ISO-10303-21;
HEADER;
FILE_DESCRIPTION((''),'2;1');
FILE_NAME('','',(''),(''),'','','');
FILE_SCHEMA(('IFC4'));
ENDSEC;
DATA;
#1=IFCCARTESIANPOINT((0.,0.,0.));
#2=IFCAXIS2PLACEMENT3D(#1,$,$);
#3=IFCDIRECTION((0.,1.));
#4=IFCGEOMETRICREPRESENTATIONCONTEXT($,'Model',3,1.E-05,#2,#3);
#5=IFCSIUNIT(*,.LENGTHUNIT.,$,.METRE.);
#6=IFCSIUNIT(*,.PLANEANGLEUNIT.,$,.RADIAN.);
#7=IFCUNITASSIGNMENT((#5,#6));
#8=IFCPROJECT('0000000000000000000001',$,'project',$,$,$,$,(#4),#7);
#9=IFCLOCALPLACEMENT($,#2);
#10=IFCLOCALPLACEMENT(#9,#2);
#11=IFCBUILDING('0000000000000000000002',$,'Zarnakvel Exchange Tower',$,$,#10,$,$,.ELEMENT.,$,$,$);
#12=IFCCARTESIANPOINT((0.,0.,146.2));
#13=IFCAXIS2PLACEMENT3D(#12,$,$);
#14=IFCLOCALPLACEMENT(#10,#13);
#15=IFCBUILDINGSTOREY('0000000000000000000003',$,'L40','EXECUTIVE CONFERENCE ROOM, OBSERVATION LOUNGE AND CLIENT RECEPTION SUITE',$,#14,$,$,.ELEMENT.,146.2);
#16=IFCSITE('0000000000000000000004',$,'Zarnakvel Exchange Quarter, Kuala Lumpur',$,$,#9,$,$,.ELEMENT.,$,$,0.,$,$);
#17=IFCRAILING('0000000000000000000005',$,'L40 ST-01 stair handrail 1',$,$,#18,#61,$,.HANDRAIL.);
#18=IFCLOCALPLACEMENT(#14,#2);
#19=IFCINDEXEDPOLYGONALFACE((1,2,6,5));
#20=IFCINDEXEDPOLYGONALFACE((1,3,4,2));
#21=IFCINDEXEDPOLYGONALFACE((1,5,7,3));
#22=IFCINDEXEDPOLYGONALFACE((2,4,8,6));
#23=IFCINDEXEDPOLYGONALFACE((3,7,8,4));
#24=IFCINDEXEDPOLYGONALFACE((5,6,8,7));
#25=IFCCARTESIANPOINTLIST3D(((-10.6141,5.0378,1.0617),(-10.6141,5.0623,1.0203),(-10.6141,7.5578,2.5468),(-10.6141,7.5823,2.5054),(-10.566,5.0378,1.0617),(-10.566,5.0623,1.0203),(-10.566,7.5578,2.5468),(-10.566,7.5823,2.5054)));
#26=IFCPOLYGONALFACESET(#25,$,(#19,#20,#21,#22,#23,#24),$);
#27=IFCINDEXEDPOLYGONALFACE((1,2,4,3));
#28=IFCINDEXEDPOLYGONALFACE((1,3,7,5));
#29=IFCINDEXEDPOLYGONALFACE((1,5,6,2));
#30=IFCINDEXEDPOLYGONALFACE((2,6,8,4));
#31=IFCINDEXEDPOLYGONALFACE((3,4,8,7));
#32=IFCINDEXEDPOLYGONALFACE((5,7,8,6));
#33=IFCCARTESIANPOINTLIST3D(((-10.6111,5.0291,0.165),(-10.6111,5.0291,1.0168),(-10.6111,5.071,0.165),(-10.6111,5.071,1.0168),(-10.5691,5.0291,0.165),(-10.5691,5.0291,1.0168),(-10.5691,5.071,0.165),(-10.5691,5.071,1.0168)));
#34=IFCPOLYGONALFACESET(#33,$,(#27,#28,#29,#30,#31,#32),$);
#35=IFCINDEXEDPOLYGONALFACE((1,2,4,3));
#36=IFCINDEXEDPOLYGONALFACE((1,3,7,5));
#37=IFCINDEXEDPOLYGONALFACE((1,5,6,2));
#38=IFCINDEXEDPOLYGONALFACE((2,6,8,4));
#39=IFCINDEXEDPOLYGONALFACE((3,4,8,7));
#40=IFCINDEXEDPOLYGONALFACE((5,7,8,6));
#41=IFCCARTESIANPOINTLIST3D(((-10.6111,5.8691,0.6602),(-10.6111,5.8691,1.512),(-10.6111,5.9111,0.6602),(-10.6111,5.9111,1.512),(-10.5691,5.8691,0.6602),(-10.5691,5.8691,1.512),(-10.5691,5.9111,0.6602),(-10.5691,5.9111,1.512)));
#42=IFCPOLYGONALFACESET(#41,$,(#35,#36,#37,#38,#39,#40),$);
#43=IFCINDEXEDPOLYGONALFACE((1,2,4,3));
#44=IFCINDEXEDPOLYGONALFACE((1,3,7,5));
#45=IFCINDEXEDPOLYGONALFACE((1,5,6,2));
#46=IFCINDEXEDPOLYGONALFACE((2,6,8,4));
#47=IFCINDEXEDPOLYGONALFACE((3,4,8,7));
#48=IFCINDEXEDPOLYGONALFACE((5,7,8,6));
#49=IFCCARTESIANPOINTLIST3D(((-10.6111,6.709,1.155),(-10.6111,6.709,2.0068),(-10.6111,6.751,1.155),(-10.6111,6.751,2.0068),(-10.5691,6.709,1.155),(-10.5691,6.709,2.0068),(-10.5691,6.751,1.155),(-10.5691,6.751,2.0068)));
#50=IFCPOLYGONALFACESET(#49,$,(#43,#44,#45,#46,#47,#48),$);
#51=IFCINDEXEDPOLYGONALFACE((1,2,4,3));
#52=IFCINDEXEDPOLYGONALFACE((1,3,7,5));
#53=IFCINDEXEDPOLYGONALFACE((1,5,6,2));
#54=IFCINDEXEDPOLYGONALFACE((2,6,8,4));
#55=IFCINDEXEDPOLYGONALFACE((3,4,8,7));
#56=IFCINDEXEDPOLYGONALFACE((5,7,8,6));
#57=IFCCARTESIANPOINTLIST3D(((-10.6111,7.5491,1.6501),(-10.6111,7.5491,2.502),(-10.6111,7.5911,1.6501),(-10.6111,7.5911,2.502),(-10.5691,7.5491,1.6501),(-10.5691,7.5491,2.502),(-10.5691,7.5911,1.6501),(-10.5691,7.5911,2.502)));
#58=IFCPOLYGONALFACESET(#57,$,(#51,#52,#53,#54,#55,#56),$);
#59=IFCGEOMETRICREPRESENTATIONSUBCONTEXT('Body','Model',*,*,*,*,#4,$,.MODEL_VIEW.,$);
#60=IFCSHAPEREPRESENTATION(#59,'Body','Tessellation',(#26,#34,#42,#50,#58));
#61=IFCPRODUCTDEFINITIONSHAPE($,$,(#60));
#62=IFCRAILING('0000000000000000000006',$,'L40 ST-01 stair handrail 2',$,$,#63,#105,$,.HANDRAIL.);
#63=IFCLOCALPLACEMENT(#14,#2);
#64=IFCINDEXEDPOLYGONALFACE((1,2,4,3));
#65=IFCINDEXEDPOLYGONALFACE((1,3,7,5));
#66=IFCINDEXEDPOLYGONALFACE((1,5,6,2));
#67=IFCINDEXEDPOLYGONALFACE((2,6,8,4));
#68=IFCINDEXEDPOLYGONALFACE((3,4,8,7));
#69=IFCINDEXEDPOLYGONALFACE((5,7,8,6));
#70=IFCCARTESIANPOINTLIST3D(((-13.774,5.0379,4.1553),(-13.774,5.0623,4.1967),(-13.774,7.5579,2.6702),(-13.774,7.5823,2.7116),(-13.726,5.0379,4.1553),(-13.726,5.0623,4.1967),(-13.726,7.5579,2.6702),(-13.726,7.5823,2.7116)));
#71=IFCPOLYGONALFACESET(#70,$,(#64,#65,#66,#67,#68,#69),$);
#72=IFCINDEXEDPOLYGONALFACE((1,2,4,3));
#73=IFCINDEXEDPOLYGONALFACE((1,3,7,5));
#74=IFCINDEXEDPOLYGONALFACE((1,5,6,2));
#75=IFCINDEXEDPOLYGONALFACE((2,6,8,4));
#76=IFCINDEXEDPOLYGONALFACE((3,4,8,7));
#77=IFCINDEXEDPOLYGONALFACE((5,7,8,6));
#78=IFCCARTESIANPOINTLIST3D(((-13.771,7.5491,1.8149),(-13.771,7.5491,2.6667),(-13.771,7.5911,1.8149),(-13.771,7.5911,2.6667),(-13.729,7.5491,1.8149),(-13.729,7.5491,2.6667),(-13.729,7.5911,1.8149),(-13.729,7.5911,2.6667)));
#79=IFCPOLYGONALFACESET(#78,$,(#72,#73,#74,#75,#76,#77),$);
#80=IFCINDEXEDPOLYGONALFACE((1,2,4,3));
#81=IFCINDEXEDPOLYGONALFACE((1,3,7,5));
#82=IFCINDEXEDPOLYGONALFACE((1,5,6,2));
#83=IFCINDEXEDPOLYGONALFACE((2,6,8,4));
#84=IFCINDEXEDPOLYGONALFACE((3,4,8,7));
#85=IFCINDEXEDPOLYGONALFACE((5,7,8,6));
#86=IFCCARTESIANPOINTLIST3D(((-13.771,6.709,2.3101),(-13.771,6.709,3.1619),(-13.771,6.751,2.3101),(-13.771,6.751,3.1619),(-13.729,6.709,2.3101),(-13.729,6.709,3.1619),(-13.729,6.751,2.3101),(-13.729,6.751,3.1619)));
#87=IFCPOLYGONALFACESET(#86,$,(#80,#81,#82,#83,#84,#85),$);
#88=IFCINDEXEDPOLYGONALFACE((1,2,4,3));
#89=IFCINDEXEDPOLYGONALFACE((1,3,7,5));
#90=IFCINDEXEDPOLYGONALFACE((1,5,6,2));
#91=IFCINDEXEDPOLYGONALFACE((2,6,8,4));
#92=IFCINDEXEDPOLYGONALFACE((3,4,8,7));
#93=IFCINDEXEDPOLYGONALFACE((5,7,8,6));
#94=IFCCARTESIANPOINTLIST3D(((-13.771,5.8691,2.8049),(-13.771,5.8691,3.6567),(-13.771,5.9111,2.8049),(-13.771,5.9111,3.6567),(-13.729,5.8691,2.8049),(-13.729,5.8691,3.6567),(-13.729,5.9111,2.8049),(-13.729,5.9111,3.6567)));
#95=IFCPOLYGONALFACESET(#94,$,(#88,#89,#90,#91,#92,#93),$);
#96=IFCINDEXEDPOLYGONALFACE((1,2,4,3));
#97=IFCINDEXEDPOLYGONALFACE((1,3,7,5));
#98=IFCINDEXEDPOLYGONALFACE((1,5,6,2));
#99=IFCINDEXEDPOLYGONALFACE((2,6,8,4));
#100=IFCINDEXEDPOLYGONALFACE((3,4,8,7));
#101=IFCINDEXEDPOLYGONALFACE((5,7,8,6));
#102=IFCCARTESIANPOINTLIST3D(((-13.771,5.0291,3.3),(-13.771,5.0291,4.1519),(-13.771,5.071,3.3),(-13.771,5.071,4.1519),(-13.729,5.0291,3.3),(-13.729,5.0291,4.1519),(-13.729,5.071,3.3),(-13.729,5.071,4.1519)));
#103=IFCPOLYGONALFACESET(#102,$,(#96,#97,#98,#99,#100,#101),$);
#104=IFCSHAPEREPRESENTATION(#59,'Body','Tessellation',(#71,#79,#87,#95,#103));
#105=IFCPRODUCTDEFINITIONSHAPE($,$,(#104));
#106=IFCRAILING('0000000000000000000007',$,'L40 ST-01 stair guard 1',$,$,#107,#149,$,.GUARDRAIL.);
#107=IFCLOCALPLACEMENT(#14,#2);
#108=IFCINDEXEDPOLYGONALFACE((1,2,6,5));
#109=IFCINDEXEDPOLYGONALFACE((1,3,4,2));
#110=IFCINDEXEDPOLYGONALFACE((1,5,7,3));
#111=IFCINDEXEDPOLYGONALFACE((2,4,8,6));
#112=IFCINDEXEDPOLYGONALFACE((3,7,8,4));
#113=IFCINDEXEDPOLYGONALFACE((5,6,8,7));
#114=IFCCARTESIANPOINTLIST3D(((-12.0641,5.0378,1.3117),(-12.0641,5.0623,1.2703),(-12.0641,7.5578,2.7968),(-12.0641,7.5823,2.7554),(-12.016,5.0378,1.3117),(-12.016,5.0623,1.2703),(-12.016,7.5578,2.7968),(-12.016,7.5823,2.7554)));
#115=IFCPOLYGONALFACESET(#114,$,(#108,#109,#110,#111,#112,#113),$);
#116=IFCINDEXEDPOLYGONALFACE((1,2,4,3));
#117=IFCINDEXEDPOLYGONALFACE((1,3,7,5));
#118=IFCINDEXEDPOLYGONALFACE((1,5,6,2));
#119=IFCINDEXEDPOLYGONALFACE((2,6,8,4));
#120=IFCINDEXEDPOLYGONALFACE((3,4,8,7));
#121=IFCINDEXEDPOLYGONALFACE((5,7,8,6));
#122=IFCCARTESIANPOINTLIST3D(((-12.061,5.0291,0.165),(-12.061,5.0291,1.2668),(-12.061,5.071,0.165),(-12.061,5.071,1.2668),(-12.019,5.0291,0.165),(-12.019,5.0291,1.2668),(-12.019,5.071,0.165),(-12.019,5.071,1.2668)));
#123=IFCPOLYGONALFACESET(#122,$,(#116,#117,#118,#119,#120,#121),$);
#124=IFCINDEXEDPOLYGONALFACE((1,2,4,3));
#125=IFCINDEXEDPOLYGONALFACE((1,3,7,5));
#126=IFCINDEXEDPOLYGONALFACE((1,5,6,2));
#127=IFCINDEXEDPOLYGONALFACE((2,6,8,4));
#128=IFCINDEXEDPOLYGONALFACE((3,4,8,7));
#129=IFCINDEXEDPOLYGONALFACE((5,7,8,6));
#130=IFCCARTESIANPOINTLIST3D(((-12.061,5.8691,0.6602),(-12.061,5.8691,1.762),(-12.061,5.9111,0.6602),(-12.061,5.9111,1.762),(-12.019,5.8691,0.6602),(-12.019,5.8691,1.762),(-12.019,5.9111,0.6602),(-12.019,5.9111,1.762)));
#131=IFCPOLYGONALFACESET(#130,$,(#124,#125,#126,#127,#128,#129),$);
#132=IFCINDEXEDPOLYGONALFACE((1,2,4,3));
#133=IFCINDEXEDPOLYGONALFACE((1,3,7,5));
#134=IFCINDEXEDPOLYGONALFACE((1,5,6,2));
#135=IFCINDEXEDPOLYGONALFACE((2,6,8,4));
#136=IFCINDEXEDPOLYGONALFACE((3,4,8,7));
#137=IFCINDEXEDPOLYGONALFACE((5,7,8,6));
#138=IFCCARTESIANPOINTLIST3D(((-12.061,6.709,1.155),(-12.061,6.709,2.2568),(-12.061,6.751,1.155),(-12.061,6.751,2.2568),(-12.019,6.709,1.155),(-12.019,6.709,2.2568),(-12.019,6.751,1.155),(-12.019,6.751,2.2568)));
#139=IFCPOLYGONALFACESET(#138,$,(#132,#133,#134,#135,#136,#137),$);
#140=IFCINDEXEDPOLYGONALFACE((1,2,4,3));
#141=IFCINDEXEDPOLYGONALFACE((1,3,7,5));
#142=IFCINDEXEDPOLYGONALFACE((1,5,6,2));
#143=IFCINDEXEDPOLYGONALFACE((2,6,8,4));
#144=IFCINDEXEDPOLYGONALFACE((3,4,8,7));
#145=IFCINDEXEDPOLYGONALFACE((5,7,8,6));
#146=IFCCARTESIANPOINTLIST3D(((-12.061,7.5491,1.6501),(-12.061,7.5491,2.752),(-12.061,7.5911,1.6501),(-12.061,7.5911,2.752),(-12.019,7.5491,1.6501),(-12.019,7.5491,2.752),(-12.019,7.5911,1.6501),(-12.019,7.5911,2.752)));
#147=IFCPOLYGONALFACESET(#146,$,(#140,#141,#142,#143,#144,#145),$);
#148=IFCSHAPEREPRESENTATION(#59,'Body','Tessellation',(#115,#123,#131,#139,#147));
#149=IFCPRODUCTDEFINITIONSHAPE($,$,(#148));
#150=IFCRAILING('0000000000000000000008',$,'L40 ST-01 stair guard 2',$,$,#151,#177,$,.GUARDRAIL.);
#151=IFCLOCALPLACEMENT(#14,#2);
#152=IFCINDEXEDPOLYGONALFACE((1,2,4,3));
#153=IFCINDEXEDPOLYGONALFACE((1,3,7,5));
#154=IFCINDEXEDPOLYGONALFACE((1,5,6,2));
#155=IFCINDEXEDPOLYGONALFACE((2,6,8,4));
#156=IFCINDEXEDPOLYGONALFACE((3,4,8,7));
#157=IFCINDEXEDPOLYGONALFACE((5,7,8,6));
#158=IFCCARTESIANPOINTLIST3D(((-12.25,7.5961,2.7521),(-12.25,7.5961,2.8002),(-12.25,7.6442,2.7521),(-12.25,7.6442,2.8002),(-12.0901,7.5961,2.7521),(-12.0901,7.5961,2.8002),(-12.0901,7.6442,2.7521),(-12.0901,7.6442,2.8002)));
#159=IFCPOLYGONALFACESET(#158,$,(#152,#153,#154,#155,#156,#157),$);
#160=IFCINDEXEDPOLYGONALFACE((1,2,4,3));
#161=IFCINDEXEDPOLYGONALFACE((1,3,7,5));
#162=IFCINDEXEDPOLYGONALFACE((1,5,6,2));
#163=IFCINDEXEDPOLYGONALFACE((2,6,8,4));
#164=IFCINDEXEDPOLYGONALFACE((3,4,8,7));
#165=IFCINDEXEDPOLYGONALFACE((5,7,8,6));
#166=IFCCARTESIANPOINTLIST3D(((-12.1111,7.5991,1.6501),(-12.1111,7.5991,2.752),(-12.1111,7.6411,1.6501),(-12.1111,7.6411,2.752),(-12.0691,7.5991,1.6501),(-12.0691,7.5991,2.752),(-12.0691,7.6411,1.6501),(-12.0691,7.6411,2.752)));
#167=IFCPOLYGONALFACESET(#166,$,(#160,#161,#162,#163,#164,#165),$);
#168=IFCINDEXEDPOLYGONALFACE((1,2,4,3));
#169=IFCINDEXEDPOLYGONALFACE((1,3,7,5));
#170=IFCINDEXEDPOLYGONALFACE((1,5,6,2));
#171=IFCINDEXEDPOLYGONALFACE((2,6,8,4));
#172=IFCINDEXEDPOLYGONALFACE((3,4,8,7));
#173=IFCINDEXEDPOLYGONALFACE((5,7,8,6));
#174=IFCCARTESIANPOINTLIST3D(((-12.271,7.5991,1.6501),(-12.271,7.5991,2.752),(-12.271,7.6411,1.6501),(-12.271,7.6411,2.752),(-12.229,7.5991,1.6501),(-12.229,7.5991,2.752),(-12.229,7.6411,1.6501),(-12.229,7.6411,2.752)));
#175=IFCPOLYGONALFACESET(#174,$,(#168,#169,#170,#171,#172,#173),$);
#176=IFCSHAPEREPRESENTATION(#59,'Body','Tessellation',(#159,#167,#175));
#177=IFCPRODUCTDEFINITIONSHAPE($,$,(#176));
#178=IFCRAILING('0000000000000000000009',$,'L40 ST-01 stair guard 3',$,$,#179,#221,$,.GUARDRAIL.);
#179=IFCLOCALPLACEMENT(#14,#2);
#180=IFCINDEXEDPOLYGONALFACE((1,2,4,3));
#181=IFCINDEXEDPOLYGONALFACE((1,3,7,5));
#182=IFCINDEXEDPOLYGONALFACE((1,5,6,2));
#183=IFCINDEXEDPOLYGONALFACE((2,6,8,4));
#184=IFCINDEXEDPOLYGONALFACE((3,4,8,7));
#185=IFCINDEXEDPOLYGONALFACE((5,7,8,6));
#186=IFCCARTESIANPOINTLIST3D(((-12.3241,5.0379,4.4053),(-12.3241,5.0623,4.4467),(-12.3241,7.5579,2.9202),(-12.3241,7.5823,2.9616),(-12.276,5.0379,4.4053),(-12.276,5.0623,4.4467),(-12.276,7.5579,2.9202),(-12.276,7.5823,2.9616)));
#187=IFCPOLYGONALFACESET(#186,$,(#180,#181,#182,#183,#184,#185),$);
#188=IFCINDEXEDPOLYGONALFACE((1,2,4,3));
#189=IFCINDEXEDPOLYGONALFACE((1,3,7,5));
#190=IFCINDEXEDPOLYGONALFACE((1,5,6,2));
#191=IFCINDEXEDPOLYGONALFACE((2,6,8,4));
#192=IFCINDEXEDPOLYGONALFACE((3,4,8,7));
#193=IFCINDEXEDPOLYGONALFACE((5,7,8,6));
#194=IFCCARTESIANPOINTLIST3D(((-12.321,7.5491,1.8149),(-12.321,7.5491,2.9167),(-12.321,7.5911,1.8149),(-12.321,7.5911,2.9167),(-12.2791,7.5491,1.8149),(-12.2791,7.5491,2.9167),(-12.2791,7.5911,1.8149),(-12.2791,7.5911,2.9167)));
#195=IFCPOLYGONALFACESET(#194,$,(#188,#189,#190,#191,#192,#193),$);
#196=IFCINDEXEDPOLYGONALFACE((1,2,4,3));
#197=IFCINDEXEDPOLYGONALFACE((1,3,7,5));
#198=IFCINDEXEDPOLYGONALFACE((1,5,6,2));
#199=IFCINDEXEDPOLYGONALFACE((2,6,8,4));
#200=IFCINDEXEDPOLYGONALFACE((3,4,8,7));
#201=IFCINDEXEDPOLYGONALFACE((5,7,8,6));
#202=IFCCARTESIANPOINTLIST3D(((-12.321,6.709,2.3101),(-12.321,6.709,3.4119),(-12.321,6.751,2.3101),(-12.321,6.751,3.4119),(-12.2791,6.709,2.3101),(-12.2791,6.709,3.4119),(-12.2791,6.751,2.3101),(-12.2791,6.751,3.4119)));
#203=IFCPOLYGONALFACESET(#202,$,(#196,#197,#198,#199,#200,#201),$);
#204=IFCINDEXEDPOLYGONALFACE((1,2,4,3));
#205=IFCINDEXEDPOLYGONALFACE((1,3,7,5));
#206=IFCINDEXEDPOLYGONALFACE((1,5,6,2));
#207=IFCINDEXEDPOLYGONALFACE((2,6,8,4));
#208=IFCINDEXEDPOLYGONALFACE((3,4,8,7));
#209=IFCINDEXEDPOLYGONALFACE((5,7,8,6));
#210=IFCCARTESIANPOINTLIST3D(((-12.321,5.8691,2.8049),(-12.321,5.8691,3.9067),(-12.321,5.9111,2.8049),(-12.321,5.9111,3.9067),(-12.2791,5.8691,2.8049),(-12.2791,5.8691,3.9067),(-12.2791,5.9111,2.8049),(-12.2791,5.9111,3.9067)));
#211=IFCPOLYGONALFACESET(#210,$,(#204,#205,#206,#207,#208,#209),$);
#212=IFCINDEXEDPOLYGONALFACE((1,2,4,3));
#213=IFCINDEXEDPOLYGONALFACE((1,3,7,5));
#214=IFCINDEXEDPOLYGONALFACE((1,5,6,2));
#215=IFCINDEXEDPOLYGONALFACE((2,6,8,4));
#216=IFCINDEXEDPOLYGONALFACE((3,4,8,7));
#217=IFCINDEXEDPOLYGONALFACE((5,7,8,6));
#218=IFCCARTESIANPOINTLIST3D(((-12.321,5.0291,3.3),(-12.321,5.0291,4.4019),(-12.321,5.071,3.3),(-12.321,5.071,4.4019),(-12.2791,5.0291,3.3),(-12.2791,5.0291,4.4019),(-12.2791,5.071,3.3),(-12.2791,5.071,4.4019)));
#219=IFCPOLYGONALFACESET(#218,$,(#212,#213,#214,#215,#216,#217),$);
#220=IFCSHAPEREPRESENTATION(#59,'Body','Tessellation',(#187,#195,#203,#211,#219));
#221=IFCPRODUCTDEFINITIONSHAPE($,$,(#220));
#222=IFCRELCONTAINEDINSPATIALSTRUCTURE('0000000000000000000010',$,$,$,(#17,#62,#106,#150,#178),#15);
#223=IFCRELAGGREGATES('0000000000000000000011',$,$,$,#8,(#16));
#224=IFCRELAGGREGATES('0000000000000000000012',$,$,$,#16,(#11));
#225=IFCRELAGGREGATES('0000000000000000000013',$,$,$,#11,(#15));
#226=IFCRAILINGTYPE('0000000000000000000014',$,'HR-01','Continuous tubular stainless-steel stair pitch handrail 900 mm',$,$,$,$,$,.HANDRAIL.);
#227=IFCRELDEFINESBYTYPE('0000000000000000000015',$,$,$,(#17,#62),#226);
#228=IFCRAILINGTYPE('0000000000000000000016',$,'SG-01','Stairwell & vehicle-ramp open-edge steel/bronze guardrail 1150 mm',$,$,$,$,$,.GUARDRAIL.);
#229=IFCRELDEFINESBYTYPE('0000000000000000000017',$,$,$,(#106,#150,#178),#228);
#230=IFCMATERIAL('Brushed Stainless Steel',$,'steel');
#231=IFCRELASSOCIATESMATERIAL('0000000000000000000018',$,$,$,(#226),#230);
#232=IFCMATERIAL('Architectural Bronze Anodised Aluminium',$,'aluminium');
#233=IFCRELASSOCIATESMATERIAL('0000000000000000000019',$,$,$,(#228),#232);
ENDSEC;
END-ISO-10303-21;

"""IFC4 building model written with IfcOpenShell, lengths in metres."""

from ifc_helpers import new_model, si_unit, direction, frame, origin, origin_2d, place, context, subcontext, project, spatial, rectangle, extrude, material, type_object, element, save


model = new_model("IFC4")

# Units and contexts
model_context = context("Model", 3, precision=1e-05, world=origin(), true_north=direction((0.0, 1.0)))
body_context = subcontext(model_context, "Body", "Model", "MODEL_VIEW")
ifc_project = project(units=[si_unit("LENGTHUNIT", "METRE"), si_unit("PLANEANGLEUNIT", "RADIAN")], contexts=[model_context])

# Site, building, storey
site_placement = place(None, origin())
site = spatial("IfcSite", under=ifc_project, at=site_placement, Name="Zarnakvel Exchange Quarter, Kuala Lumpur", CompositionType="ELEMENT", RefElevation=0.0)
building_placement = place(site_placement, origin())
building = spatial("IfcBuilding", under=site, at=building_placement, Name="Zarnakvel Exchange Tower", CompositionType="ELEMENT")
storey_placement = place(building_placement, frame((0.0, 0.0, 146.2)))
storey = spatial("IfcBuildingStorey", under=building, at=storey_placement, Name="L40", Description="EXECUTIVE CONFERENCE ROOM, OBSERVATION LOUNGE AND CLIENT RECEPTION SUITE", CompositionType="ELEMENT", Elevation=146.2)

# Shared definitions
ifc_material_1 = material(Name="Architectural Bronze Anodised Aluminium", Category="aluminium")

# Railings
ifc_material_2 = material(Name="Brushed Stainless Steel", Category="steel")
railing_type_1 = type_object("IfcRailingType", Name="HR-01", Description="Continuous tubular stainless-steel stair pitch handrail 900 mm", PredefinedType="HANDRAIL", material=ifc_material_2)
railing_1_placement = place(storey_placement, frame((-10.5901, 5.05, 0.165)))
element("IfcRailing", 1, at=railing_1_placement, inside=storey, type_object=railing_type_1, Name="L40 ST-01 stair handrail 1", PredefinedType="HANDRAIL", context=body_context, shape_type="SweptSolid", body=[
    extrude(rectangle(XDim=0.0481, YDim=0.0481, at=origin_2d()), frame((0.0, 0.0, 0.876), z_axis=(0.0, 0.861524, 0.507717), x_axis=(-1.0, 0.0, 0.0)), (0.0, 0.0, 1.0), 2.925),
    extrude(rectangle(XDim=0.042, YDim=0.042, at=origin_2d()), origin(), (0.0, 0.0, 1.0), 0.8518),
    extrude(rectangle(XDim=0.042, YDim=0.042, at=origin_2d()), frame((0.0, 0.8401, 0.4951)), (0.0, 0.0, 1.0), 0.8518),
    extrude(rectangle(XDim=0.042, YDim=0.042, at=origin_2d()), frame((0.0, 1.6799, 0.99)), (0.0, 0.0, 1.0), 0.8518),
    extrude(rectangle(XDim=0.042, YDim=0.042, at=origin_2d()), frame((0.0, 2.52, 1.4851)), (0.0, 0.0, 1.0), 0.8518),
])
railing_2_placement = place(storey_placement, frame((-13.75, 7.5701, 1.8149)))
element("IfcRailing", 2, at=railing_2_placement, inside=storey, type_object=railing_type_1, Name="L40 ST-01 stair handrail 2", PredefinedType="HANDRAIL", context=body_context, shape_type="SweptSolid", body=[
    extrude(rectangle(XDim=0.0481, YDim=0.0481, at=origin_2d()), frame((0.0, 0.0, 0.876), z_axis=(0.0, -0.861524, 0.507717), x_axis=(1.0, 0.0, 0.0)), (0.0, 0.0, 1.0), 2.925),
    extrude(rectangle(XDim=0.042, YDim=0.042, at=origin_2d()), origin(), (0.0, 0.0, 1.0), 0.8518),
    extrude(rectangle(XDim=0.042, YDim=0.042, at=origin_2d()), frame((0.0, -0.8401, 0.4951)), (0.0, 0.0, 1.0), 0.8518),
    extrude(rectangle(XDim=0.042, YDim=0.042, at=origin_2d()), frame((0.0, -1.6799, 0.99)), (0.0, 0.0, 1.0), 0.8518),
    extrude(rectangle(XDim=0.042, YDim=0.042, at=origin_2d()), frame((0.0, -2.52, 1.4851)), (0.0, 0.0, 1.0), 0.8518),
])
railing_type_2 = type_object("IfcRailingType", Name="SG-01", Description="Stairwell & vehicle-ramp open-edge steel/bronze guardrail 1150 mm", PredefinedType="GUARDRAIL", material=ifc_material_1)
railing_3_placement = place(storey_placement, frame((-12.04, 5.05, 0.165)))
element("IfcRailing", 3, at=railing_3_placement, inside=storey, type_object=railing_type_2, Name="L40 ST-01 stair guard 1", PredefinedType="GUARDRAIL", context=body_context, shape_type="SweptSolid", body=[
    extrude(rectangle(XDim=0.0481, YDim=0.0481, at=origin_2d()), frame((0.0, 0.0, 1.126), z_axis=(0.0, 0.861524, 0.507717), x_axis=(-1.0, 0.0, 0.0)), (0.0, 0.0, 1.0), 2.925),
    extrude(rectangle(XDim=0.042, YDim=0.042, at=origin_2d()), origin(), (0.0, 0.0, 1.0), 1.1018),
    extrude(rectangle(XDim=0.042, YDim=0.042, at=origin_2d()), frame((0.0, 0.8401, 0.4951)), (0.0, 0.0, 1.0), 1.1018),
    extrude(rectangle(XDim=0.042, YDim=0.042, at=origin_2d()), frame((0.0, 1.6799, 0.99)), (0.0, 0.0, 1.0), 1.1018),
    extrude(rectangle(XDim=0.042, YDim=0.042, at=origin_2d()), frame((0.0, 2.52, 1.4851)), (0.0, 0.0, 1.0), 1.1018),
])
railing_4_placement = place(storey_placement, frame((-12.0901, 7.6201, 1.6501)))
element("IfcRailing", 4, at=railing_4_placement, inside=storey, type_object=railing_type_2, Name="L40 ST-01 stair guard 2", PredefinedType="GUARDRAIL", context=body_context, shape_type="SweptSolid", body=[
    extrude(rectangle(XDim=0.0481, YDim=0.0481, at=origin_2d()), frame((0.0, 0.0, 1.126), z_axis=(-1.0, 0.0, 0.0), x_axis=(0.0, -1.0, 0.0)), (0.0, 0.0, 1.0), 0.1599),
    extrude(rectangle(XDim=0.042, YDim=0.042, at=origin_2d()), origin(), (0.0, 0.0, 1.0), 1.1018),
    extrude(rectangle(XDim=0.042, YDim=0.042, at=origin_2d()), frame((-0.1599, 0.0, 0.0)), (0.0, 0.0, 1.0), 1.1018),
])
railing_5_placement = place(storey_placement, frame((-12.3, 7.5701, 1.8149)))
element("IfcRailing", 5, at=railing_5_placement, inside=storey, type_object=railing_type_2, Name="L40 ST-01 stair guard 3", PredefinedType="GUARDRAIL", context=body_context, shape_type="SweptSolid", body=[
    extrude(rectangle(XDim=0.0481, YDim=0.0481, at=origin_2d()), frame((0.0, 0.0, 1.126), z_axis=(0.0, -0.861524, 0.507717), x_axis=(1.0, 0.0, 0.0)), (0.0, 0.0, 1.0), 2.925),
    extrude(rectangle(XDim=0.042, YDim=0.042, at=origin_2d()), origin(), (0.0, 0.0, 1.0), 1.1018),
    extrude(rectangle(XDim=0.042, YDim=0.042, at=origin_2d()), frame((0.0, -0.8401, 0.4951)), (0.0, 0.0, 1.0), 1.1018),
    extrude(rectangle(XDim=0.042, YDim=0.042, at=origin_2d()), frame((0.0, -1.6799, 0.99)), (0.0, 0.0, 1.0), 1.1018),
    extrude(rectangle(XDim=0.042, YDim=0.042, at=origin_2d()), frame((0.0, -2.52, 1.4851)), (0.0, 0.0, 1.0), 1.1018),
])

save(model, "model.ifc")
